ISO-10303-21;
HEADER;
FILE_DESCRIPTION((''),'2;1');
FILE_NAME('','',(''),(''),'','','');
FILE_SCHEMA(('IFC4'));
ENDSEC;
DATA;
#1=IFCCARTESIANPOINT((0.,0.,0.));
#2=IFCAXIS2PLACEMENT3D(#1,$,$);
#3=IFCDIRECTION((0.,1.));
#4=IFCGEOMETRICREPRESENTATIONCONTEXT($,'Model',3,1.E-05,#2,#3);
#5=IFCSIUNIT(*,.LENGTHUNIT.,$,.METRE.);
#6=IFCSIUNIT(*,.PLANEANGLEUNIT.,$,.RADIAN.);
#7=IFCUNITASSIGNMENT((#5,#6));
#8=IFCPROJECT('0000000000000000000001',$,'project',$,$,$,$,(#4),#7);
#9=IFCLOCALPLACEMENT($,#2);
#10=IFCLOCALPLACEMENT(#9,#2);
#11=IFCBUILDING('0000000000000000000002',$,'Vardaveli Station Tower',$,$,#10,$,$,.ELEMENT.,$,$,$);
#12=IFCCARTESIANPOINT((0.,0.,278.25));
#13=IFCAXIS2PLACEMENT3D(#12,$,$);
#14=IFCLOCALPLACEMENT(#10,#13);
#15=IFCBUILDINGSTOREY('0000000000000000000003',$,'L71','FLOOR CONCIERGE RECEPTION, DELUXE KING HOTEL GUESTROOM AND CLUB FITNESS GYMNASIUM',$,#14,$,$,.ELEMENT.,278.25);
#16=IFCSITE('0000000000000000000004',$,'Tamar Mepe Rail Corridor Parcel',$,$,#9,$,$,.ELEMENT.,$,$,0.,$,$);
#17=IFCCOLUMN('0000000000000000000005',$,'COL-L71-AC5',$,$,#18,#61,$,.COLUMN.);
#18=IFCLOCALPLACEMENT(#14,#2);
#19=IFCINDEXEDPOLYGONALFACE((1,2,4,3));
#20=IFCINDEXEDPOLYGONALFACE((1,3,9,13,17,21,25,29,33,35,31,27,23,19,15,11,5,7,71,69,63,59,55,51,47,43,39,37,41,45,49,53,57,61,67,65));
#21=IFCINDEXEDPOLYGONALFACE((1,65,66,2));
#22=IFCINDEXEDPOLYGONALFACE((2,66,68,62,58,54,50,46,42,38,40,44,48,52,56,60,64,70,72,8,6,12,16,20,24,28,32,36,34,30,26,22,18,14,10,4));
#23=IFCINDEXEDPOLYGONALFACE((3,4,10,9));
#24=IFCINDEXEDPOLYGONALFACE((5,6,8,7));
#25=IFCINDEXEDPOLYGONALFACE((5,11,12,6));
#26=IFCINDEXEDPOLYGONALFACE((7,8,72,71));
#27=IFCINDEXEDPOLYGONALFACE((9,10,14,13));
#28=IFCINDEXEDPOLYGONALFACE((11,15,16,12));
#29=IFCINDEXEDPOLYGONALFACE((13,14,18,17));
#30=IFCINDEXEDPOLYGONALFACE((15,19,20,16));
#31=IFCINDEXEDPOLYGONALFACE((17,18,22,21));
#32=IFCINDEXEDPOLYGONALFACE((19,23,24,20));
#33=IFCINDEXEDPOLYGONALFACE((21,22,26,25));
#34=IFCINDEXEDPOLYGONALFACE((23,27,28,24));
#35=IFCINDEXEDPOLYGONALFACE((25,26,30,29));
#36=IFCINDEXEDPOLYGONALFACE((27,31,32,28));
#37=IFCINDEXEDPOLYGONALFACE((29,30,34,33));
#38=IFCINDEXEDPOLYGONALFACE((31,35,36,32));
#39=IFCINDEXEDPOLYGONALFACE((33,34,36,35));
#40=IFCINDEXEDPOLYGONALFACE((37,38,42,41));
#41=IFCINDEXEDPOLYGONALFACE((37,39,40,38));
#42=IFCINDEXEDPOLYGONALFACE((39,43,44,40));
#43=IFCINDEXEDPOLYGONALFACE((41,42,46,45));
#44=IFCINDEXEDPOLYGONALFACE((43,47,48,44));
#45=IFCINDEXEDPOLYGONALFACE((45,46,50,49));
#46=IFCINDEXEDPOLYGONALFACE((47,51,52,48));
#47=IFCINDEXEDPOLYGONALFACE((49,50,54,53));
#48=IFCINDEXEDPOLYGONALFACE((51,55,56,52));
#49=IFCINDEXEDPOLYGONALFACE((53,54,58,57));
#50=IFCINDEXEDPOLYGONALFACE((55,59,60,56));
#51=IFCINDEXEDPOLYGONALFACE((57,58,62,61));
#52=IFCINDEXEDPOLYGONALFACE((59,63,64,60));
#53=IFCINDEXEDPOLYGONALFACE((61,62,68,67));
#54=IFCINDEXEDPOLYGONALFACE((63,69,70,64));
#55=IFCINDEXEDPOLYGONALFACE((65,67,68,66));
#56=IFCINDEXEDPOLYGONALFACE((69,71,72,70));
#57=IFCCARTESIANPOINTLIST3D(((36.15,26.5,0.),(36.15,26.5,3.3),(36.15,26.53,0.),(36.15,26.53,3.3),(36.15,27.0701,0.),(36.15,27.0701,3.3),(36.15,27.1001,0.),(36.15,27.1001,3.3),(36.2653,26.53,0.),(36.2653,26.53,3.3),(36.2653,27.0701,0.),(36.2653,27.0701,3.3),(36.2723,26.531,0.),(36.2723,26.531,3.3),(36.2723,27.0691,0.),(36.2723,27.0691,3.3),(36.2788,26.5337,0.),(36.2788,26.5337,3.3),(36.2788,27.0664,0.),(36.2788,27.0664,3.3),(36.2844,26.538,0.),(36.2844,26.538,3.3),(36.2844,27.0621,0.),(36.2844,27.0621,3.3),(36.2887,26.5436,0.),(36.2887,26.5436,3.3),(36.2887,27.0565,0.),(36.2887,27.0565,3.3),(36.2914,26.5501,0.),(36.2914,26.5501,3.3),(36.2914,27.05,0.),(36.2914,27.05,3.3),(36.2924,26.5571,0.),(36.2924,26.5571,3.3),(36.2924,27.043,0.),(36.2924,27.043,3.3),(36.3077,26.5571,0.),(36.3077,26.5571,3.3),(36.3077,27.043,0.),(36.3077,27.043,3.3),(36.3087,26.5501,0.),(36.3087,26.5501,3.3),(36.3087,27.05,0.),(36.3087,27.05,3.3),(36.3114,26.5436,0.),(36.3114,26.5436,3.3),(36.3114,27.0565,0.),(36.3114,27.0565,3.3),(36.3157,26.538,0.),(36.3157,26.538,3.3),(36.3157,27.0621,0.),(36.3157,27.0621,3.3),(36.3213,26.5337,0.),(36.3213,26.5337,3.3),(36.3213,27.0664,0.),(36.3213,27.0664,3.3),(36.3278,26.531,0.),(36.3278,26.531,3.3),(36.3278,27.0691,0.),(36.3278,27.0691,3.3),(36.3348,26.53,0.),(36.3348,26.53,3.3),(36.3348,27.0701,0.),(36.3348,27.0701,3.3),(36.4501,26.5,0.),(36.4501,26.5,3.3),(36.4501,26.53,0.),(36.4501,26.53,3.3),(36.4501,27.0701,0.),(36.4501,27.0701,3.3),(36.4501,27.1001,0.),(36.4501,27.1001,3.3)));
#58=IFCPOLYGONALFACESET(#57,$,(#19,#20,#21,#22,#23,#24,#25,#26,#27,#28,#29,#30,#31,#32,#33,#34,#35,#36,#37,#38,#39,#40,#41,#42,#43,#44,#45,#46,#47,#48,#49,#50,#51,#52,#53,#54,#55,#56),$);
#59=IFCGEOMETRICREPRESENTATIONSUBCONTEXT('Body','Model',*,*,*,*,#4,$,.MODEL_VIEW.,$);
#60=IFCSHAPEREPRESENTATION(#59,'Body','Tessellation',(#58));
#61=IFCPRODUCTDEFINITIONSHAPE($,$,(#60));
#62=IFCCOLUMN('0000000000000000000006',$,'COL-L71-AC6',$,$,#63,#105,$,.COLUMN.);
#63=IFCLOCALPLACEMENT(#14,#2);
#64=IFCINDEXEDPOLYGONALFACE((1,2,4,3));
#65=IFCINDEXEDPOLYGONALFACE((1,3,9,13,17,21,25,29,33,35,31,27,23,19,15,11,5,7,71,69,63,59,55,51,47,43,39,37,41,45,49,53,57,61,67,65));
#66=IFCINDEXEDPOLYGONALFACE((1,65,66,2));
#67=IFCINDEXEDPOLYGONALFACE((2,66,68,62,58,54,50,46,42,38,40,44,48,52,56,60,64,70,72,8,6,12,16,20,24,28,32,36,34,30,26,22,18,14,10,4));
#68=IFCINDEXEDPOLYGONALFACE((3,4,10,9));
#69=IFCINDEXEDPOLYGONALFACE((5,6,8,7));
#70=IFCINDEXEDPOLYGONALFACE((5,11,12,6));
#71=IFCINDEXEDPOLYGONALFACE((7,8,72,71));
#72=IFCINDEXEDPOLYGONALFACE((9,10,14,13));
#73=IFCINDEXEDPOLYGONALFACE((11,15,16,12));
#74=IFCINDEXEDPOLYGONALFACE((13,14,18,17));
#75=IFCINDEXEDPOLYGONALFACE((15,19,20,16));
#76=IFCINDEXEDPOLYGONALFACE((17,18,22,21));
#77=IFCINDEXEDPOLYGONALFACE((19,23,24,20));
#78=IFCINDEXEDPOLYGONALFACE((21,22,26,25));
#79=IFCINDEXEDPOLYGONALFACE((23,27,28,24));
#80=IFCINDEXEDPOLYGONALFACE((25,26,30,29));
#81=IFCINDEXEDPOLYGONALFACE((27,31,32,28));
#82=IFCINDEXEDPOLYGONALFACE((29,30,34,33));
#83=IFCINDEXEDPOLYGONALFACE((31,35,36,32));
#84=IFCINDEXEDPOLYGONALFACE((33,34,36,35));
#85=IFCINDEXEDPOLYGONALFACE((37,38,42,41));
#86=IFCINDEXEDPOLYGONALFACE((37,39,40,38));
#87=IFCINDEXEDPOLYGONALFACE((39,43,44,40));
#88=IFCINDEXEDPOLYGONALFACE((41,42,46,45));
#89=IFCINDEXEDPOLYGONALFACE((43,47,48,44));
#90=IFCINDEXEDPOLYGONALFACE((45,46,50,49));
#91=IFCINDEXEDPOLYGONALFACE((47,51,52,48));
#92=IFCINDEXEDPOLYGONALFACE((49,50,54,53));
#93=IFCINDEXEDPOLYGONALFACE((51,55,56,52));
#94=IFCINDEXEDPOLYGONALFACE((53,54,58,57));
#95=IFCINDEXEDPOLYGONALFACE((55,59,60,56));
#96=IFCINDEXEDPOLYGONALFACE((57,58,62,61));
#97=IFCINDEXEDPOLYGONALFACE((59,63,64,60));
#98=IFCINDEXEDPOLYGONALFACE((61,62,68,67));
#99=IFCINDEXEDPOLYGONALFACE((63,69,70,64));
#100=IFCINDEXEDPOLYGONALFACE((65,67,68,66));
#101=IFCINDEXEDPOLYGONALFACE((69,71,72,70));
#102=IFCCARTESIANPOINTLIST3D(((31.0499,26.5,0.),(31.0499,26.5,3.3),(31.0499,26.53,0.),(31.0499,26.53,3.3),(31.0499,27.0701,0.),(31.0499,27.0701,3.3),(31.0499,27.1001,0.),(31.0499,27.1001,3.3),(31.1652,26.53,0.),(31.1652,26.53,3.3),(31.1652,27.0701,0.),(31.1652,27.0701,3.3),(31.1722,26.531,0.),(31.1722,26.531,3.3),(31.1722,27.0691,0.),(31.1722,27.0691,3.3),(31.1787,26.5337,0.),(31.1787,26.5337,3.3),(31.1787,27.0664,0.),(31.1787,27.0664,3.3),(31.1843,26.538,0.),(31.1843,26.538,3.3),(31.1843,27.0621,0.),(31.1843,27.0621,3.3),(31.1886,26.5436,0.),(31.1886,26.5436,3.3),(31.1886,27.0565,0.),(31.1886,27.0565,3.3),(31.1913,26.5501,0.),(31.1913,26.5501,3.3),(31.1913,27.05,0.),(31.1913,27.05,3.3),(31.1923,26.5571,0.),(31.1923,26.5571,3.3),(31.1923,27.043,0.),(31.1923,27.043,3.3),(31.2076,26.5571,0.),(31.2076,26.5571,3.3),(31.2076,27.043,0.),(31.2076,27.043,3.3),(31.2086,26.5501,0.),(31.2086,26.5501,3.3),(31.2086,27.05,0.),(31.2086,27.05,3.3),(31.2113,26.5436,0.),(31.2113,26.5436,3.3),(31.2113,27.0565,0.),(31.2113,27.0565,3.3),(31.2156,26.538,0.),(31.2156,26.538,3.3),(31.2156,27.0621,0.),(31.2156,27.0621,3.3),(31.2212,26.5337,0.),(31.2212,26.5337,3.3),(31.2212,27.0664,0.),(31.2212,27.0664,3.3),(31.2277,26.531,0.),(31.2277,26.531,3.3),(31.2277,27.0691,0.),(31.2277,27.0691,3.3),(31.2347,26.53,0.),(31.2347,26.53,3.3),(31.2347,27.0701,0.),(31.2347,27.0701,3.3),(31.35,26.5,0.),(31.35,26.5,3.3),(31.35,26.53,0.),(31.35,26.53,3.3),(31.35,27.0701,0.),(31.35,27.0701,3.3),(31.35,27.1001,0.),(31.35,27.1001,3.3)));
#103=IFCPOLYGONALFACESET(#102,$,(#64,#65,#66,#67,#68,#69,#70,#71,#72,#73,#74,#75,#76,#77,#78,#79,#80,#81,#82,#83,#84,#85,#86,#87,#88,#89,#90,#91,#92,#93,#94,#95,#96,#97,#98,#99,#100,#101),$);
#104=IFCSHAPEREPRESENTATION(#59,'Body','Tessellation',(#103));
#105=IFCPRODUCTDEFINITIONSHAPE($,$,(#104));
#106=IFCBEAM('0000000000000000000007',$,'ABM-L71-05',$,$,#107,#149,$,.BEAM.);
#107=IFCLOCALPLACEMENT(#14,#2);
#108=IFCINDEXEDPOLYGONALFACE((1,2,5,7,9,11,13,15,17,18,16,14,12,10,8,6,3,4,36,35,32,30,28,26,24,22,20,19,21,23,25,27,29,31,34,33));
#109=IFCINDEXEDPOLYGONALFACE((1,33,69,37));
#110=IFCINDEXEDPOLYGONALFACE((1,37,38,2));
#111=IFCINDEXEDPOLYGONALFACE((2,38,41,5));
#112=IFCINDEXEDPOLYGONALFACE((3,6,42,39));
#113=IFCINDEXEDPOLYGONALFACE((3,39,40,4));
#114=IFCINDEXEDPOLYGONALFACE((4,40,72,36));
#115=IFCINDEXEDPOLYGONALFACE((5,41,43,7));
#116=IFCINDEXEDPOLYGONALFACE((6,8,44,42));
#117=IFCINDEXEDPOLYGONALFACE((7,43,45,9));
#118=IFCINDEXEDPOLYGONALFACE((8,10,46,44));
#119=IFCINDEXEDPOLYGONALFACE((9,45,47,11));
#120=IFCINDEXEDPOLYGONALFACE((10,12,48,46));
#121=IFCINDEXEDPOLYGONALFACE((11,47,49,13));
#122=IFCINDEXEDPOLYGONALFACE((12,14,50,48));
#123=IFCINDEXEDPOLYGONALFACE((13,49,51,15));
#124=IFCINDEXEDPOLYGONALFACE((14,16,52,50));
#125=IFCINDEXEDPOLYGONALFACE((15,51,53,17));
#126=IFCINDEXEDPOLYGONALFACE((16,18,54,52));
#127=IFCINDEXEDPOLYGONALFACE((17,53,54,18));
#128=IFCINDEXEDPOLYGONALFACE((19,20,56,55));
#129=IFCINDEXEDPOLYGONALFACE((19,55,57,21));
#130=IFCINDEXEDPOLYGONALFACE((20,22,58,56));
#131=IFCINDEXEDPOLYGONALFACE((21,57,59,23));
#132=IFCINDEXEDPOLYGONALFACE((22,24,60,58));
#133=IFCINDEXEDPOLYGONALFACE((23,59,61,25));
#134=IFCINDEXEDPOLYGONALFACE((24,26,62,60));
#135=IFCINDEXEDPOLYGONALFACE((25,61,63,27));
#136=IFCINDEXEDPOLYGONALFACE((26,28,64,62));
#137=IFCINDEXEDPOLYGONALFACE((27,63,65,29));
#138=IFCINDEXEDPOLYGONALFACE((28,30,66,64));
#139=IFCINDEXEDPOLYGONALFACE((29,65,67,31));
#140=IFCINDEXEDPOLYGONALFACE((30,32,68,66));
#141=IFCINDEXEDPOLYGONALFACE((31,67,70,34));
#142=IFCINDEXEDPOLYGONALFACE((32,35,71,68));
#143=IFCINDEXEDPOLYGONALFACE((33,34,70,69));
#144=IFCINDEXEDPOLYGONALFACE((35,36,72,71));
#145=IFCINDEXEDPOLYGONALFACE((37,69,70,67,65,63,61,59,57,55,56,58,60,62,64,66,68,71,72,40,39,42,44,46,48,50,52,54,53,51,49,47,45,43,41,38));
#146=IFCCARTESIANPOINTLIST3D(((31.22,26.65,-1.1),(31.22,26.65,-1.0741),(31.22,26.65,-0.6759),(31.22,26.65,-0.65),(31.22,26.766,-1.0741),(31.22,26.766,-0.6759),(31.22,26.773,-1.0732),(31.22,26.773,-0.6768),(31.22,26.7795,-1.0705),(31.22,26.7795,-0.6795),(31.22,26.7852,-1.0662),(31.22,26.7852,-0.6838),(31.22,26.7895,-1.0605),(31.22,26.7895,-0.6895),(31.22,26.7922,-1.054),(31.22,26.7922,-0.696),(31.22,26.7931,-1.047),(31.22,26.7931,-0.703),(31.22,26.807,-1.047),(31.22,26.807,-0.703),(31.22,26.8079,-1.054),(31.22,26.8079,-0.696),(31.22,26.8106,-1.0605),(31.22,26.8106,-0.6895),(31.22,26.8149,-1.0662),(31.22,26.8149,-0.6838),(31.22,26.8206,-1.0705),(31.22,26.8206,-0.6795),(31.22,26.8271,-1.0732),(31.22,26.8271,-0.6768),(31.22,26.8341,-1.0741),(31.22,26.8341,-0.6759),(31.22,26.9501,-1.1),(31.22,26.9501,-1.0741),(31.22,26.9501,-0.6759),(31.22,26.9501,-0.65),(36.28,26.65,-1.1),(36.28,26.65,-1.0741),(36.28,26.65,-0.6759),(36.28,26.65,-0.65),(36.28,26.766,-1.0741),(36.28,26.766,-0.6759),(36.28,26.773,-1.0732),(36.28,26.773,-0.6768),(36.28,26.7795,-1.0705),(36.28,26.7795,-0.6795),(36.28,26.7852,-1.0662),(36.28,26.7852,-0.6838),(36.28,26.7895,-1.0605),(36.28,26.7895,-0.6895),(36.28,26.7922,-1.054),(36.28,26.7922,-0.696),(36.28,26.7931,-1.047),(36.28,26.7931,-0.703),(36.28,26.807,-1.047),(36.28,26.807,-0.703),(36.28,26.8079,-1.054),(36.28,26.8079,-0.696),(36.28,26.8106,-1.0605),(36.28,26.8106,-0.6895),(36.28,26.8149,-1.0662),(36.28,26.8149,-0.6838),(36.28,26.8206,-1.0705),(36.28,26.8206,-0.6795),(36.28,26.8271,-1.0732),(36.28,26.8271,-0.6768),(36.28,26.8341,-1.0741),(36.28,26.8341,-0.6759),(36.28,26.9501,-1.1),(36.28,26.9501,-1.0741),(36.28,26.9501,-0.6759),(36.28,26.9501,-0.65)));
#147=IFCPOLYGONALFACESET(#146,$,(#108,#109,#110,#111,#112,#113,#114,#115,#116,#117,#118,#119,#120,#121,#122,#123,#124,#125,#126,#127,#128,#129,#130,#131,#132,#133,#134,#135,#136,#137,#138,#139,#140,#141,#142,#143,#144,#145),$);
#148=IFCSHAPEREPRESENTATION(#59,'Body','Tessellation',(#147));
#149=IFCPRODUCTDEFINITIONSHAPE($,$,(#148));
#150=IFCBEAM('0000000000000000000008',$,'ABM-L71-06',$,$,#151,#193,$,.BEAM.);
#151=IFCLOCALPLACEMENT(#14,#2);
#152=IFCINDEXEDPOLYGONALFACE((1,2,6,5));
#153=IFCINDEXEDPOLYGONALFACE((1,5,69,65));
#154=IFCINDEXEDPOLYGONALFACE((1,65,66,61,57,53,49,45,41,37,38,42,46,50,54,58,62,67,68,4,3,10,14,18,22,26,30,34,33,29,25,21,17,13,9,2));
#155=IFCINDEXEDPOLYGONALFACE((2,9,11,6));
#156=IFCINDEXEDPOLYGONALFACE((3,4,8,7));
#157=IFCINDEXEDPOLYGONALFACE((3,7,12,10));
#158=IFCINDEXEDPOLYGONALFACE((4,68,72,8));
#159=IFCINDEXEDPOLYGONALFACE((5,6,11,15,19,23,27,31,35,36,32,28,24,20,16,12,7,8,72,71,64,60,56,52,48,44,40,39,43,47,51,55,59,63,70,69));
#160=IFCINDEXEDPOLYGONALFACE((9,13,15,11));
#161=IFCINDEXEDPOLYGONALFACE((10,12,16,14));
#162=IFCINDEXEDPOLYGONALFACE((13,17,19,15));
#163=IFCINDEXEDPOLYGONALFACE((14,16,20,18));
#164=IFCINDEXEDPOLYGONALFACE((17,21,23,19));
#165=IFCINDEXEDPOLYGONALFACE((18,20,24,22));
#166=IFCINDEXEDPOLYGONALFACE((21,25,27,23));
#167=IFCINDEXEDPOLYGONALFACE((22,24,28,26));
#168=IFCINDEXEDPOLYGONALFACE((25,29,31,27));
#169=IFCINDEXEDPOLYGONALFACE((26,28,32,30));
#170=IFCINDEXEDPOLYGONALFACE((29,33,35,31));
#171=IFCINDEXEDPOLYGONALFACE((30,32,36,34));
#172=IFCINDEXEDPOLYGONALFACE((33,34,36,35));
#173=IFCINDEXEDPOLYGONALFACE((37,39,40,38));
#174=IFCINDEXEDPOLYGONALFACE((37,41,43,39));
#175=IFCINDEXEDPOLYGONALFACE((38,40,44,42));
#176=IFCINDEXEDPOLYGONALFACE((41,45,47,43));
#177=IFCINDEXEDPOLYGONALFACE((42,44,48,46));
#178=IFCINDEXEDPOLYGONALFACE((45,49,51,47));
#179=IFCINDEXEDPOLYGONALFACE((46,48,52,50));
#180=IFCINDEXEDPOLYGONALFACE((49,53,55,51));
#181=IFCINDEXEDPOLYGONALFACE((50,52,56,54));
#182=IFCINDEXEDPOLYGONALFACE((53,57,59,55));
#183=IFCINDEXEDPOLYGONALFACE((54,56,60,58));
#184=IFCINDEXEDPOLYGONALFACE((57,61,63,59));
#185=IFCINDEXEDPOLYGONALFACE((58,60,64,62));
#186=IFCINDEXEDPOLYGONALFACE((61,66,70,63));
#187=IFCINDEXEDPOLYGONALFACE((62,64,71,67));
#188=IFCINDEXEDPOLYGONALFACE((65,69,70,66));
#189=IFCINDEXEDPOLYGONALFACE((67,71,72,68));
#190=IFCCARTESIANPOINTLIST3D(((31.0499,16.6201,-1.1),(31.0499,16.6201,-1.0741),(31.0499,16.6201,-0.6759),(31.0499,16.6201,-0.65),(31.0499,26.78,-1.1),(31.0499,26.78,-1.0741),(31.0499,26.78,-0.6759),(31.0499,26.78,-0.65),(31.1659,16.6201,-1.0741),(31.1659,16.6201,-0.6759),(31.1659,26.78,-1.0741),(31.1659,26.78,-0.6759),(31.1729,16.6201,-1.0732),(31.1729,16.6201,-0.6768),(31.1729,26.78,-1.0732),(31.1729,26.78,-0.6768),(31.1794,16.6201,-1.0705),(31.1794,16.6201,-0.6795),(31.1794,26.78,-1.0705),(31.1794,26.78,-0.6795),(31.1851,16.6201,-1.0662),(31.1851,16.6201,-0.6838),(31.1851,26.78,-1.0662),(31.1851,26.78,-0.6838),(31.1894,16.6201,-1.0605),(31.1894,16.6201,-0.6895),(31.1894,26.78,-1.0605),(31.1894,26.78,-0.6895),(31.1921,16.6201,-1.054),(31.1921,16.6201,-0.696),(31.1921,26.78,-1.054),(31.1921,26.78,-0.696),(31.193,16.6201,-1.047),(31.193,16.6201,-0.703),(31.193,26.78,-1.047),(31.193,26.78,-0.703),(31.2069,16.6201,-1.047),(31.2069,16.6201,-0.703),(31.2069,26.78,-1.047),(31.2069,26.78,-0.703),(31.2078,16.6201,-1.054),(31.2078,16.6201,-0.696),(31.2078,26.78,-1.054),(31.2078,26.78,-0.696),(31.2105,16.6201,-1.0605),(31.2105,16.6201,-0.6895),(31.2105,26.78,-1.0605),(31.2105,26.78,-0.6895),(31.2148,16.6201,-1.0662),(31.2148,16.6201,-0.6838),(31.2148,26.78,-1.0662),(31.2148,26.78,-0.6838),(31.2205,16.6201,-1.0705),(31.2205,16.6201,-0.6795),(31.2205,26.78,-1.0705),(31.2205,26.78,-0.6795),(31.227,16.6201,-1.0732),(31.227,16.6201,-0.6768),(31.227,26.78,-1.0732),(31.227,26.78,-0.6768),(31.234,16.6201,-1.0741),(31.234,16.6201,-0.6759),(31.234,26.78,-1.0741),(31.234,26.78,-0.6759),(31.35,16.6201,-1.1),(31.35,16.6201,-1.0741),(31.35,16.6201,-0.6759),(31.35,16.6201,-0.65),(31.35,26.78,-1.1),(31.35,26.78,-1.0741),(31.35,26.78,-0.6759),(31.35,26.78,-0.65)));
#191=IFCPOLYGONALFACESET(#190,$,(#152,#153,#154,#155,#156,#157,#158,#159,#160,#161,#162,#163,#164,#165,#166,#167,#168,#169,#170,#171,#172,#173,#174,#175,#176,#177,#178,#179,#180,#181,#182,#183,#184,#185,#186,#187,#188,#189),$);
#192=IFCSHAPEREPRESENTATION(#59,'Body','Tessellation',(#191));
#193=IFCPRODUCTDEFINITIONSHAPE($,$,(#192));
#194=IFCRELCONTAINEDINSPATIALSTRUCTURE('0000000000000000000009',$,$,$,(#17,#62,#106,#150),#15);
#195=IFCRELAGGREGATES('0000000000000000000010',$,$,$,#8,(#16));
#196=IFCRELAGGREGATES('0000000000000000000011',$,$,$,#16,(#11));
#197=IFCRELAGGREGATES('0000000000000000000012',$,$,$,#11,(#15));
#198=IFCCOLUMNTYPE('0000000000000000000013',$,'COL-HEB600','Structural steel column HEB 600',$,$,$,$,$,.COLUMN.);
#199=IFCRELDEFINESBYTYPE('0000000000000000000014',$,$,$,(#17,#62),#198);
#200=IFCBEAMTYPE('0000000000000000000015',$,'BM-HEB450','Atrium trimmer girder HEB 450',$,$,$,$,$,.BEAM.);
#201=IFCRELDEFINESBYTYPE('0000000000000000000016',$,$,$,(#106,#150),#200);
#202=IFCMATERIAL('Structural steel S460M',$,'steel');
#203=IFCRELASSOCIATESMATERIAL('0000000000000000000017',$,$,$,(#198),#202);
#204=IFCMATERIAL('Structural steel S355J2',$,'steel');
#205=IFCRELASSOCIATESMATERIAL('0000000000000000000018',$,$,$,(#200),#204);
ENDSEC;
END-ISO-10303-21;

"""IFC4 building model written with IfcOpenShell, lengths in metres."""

from ifc_helpers import new_model, si_unit, direction, frame, origin, origin_2d, place, context, subcontext, project, spatial, i_section, extrude, source, transform, mapped, material, material_profile, profile_set, type_object, element, save


model = new_model("IFC4")

# Units and contexts
model_context = context("Model", 3, precision=1e-05, world=origin(), true_north=direction((0.0, 1.0)))
body_context = subcontext(model_context, "Body", "Model", "MODEL_VIEW")
ifc_project = project(units=[si_unit("LENGTHUNIT", "METRE"), si_unit("PLANEANGLEUNIT", "RADIAN")], contexts=[model_context])

# Site, building, storey
site_placement = place(None, origin())
site = spatial("IfcSite", under=ifc_project, at=site_placement, Name="Tamar Mepe Rail Corridor Parcel", CompositionType="ELEMENT", RefElevation=0.0)
building_placement = place(site_placement, origin())
building = spatial("IfcBuilding", under=site, at=building_placement, Name="Vardaveli Station Tower", CompositionType="ELEMENT")
storey_placement = place(building_placement, frame((0.0, 0.0, 278.25)))
storey = spatial("IfcBuildingStorey", under=building, at=storey_placement, Name="L71", Description="FLOOR CONCIERGE RECEPTION, DELUXE KING HOTEL GUESTROOM AND CLUB FITNESS GYMNASIUM", CompositionType="ELEMENT", Elevation=278.25)

# Columns
ifc_material_1 = material(Name="Structural steel S460M", Category="steel")
ifc_material_profile_1 = material_profile(ifc_material_1, i_section(OverallWidth=0.3, OverallDepth=0.6001, WebThickness=0.0154, FlangeThickness=0.03, FilletRadius=0.0271, at=origin_2d()), Name="HEB 600")
ifc_profile_set_1 = profile_set([ifc_material_profile_1], Name="Structural steel S460M")
column_type = type_object("IfcColumnType", Name="COL-HEB600", Description="Structural steel column HEB 600", PredefinedType="COLUMN", material=ifc_profile_set_1)
shared_shape_1 = source(origin(), body_context, "Body", "SweptSolid", [
    extrude(i_section(OverallWidth=0.3, OverallDepth=0.6001, WebThickness=0.0154, FlangeThickness=0.03, FilletRadius=0.0271, at=origin_2d()), origin(), (0.0, 0.0, 1.0), 3.3),
])
for number, where, z_axis, x_axis, name in (
    (1, (36.3, 26.8, 0.0), (0.0, 0.0, 1.0), (1.0, 0.0, 0.0), "COL-L71-AC5"),
    (2, (31.2, 26.8, 0.0), (0.0, 0.0, 1.0), (1.0, 0.0, 0.0), "COL-L71-AC6"),
):
    element("IfcColumn", number, at=place(storey_placement, frame(where, z_axis=z_axis, x_axis=x_axis)), inside=storey, type_object=column_type, Name=name, PredefinedType="COLUMN", context=body_context, shape_type="MappedRepresentation", body=[
        mapped(shared_shape_1, transform((0.0, 0.0, 0.0), scale=1.0)),
    ])

# Beams
ifc_material_2 = material(Name="Structural steel S355J2", Category="steel")
ifc_material_profile_2 = material_profile(ifc_material_2, i_section(OverallWidth=0.3, OverallDepth=0.45, WebThickness=0.0139, FlangeThickness=0.0259, FilletRadius=0.0271, at=origin_2d()), Name="HEB 450")
ifc_profile_set_2 = profile_set([ifc_material_profile_2], Name="Structural steel S355J2")
beam_type_1 = type_object("IfcBeamType", Name="BM-HEB450", Description="Atrium trimmer girder HEB 450", PredefinedType="BEAM", material=ifc_profile_set_2)
shared_shape_2 = source(origin(), body_context, "Body", "SweptSolid", [
    extrude(i_section(OverallWidth=0.3, OverallDepth=0.45, WebThickness=0.0139, FlangeThickness=0.0259, FilletRadius=0.0271, at=origin_2d()), origin(), (0.0, 0.0, 1.0), 5.0601),
])
beam_1_placement = place(storey_placement, frame((36.28, 26.8, -0.875), z_axis=(-1.0, 0.0, 0.0), x_axis=(0.0, -1.0, 0.0)))
element("IfcBeam", 3, at=beam_1_placement, inside=storey, type_object=beam_type_1, Name="ABM-L71-05", PredefinedType="BEAM", context=body_context, shape_type="MappedRepresentation", body=[
    mapped(shared_shape_2, transform((0.0, 0.0, 0.0), scale=1.0)),
])
shared_shape_3 = source(origin(), body_context, "Body", "SweptSolid", [
    extrude(i_section(OverallWidth=0.3, OverallDepth=0.45, WebThickness=0.0139, FlangeThickness=0.0259, FilletRadius=0.0271, at=origin_2d()), origin(), (0.0, 0.0, 1.0), 10.1599),
])
beam_2_placement = place(storey_placement, frame((31.2, 26.78, -0.875), z_axis=(0.0, -1.0, 0.0), x_axis=(1.0, 0.0, 0.0)))
element("IfcBeam", 4, at=beam_2_placement, inside=storey, type_object=beam_type_1, Name="ABM-L71-06", PredefinedType="BEAM", context=body_context, shape_type="MappedRepresentation", body=[
    mapped(shared_shape_3, transform((0.0, 0.0, 0.0), scale=1.0)),
])

save(model, "model.ifc")
